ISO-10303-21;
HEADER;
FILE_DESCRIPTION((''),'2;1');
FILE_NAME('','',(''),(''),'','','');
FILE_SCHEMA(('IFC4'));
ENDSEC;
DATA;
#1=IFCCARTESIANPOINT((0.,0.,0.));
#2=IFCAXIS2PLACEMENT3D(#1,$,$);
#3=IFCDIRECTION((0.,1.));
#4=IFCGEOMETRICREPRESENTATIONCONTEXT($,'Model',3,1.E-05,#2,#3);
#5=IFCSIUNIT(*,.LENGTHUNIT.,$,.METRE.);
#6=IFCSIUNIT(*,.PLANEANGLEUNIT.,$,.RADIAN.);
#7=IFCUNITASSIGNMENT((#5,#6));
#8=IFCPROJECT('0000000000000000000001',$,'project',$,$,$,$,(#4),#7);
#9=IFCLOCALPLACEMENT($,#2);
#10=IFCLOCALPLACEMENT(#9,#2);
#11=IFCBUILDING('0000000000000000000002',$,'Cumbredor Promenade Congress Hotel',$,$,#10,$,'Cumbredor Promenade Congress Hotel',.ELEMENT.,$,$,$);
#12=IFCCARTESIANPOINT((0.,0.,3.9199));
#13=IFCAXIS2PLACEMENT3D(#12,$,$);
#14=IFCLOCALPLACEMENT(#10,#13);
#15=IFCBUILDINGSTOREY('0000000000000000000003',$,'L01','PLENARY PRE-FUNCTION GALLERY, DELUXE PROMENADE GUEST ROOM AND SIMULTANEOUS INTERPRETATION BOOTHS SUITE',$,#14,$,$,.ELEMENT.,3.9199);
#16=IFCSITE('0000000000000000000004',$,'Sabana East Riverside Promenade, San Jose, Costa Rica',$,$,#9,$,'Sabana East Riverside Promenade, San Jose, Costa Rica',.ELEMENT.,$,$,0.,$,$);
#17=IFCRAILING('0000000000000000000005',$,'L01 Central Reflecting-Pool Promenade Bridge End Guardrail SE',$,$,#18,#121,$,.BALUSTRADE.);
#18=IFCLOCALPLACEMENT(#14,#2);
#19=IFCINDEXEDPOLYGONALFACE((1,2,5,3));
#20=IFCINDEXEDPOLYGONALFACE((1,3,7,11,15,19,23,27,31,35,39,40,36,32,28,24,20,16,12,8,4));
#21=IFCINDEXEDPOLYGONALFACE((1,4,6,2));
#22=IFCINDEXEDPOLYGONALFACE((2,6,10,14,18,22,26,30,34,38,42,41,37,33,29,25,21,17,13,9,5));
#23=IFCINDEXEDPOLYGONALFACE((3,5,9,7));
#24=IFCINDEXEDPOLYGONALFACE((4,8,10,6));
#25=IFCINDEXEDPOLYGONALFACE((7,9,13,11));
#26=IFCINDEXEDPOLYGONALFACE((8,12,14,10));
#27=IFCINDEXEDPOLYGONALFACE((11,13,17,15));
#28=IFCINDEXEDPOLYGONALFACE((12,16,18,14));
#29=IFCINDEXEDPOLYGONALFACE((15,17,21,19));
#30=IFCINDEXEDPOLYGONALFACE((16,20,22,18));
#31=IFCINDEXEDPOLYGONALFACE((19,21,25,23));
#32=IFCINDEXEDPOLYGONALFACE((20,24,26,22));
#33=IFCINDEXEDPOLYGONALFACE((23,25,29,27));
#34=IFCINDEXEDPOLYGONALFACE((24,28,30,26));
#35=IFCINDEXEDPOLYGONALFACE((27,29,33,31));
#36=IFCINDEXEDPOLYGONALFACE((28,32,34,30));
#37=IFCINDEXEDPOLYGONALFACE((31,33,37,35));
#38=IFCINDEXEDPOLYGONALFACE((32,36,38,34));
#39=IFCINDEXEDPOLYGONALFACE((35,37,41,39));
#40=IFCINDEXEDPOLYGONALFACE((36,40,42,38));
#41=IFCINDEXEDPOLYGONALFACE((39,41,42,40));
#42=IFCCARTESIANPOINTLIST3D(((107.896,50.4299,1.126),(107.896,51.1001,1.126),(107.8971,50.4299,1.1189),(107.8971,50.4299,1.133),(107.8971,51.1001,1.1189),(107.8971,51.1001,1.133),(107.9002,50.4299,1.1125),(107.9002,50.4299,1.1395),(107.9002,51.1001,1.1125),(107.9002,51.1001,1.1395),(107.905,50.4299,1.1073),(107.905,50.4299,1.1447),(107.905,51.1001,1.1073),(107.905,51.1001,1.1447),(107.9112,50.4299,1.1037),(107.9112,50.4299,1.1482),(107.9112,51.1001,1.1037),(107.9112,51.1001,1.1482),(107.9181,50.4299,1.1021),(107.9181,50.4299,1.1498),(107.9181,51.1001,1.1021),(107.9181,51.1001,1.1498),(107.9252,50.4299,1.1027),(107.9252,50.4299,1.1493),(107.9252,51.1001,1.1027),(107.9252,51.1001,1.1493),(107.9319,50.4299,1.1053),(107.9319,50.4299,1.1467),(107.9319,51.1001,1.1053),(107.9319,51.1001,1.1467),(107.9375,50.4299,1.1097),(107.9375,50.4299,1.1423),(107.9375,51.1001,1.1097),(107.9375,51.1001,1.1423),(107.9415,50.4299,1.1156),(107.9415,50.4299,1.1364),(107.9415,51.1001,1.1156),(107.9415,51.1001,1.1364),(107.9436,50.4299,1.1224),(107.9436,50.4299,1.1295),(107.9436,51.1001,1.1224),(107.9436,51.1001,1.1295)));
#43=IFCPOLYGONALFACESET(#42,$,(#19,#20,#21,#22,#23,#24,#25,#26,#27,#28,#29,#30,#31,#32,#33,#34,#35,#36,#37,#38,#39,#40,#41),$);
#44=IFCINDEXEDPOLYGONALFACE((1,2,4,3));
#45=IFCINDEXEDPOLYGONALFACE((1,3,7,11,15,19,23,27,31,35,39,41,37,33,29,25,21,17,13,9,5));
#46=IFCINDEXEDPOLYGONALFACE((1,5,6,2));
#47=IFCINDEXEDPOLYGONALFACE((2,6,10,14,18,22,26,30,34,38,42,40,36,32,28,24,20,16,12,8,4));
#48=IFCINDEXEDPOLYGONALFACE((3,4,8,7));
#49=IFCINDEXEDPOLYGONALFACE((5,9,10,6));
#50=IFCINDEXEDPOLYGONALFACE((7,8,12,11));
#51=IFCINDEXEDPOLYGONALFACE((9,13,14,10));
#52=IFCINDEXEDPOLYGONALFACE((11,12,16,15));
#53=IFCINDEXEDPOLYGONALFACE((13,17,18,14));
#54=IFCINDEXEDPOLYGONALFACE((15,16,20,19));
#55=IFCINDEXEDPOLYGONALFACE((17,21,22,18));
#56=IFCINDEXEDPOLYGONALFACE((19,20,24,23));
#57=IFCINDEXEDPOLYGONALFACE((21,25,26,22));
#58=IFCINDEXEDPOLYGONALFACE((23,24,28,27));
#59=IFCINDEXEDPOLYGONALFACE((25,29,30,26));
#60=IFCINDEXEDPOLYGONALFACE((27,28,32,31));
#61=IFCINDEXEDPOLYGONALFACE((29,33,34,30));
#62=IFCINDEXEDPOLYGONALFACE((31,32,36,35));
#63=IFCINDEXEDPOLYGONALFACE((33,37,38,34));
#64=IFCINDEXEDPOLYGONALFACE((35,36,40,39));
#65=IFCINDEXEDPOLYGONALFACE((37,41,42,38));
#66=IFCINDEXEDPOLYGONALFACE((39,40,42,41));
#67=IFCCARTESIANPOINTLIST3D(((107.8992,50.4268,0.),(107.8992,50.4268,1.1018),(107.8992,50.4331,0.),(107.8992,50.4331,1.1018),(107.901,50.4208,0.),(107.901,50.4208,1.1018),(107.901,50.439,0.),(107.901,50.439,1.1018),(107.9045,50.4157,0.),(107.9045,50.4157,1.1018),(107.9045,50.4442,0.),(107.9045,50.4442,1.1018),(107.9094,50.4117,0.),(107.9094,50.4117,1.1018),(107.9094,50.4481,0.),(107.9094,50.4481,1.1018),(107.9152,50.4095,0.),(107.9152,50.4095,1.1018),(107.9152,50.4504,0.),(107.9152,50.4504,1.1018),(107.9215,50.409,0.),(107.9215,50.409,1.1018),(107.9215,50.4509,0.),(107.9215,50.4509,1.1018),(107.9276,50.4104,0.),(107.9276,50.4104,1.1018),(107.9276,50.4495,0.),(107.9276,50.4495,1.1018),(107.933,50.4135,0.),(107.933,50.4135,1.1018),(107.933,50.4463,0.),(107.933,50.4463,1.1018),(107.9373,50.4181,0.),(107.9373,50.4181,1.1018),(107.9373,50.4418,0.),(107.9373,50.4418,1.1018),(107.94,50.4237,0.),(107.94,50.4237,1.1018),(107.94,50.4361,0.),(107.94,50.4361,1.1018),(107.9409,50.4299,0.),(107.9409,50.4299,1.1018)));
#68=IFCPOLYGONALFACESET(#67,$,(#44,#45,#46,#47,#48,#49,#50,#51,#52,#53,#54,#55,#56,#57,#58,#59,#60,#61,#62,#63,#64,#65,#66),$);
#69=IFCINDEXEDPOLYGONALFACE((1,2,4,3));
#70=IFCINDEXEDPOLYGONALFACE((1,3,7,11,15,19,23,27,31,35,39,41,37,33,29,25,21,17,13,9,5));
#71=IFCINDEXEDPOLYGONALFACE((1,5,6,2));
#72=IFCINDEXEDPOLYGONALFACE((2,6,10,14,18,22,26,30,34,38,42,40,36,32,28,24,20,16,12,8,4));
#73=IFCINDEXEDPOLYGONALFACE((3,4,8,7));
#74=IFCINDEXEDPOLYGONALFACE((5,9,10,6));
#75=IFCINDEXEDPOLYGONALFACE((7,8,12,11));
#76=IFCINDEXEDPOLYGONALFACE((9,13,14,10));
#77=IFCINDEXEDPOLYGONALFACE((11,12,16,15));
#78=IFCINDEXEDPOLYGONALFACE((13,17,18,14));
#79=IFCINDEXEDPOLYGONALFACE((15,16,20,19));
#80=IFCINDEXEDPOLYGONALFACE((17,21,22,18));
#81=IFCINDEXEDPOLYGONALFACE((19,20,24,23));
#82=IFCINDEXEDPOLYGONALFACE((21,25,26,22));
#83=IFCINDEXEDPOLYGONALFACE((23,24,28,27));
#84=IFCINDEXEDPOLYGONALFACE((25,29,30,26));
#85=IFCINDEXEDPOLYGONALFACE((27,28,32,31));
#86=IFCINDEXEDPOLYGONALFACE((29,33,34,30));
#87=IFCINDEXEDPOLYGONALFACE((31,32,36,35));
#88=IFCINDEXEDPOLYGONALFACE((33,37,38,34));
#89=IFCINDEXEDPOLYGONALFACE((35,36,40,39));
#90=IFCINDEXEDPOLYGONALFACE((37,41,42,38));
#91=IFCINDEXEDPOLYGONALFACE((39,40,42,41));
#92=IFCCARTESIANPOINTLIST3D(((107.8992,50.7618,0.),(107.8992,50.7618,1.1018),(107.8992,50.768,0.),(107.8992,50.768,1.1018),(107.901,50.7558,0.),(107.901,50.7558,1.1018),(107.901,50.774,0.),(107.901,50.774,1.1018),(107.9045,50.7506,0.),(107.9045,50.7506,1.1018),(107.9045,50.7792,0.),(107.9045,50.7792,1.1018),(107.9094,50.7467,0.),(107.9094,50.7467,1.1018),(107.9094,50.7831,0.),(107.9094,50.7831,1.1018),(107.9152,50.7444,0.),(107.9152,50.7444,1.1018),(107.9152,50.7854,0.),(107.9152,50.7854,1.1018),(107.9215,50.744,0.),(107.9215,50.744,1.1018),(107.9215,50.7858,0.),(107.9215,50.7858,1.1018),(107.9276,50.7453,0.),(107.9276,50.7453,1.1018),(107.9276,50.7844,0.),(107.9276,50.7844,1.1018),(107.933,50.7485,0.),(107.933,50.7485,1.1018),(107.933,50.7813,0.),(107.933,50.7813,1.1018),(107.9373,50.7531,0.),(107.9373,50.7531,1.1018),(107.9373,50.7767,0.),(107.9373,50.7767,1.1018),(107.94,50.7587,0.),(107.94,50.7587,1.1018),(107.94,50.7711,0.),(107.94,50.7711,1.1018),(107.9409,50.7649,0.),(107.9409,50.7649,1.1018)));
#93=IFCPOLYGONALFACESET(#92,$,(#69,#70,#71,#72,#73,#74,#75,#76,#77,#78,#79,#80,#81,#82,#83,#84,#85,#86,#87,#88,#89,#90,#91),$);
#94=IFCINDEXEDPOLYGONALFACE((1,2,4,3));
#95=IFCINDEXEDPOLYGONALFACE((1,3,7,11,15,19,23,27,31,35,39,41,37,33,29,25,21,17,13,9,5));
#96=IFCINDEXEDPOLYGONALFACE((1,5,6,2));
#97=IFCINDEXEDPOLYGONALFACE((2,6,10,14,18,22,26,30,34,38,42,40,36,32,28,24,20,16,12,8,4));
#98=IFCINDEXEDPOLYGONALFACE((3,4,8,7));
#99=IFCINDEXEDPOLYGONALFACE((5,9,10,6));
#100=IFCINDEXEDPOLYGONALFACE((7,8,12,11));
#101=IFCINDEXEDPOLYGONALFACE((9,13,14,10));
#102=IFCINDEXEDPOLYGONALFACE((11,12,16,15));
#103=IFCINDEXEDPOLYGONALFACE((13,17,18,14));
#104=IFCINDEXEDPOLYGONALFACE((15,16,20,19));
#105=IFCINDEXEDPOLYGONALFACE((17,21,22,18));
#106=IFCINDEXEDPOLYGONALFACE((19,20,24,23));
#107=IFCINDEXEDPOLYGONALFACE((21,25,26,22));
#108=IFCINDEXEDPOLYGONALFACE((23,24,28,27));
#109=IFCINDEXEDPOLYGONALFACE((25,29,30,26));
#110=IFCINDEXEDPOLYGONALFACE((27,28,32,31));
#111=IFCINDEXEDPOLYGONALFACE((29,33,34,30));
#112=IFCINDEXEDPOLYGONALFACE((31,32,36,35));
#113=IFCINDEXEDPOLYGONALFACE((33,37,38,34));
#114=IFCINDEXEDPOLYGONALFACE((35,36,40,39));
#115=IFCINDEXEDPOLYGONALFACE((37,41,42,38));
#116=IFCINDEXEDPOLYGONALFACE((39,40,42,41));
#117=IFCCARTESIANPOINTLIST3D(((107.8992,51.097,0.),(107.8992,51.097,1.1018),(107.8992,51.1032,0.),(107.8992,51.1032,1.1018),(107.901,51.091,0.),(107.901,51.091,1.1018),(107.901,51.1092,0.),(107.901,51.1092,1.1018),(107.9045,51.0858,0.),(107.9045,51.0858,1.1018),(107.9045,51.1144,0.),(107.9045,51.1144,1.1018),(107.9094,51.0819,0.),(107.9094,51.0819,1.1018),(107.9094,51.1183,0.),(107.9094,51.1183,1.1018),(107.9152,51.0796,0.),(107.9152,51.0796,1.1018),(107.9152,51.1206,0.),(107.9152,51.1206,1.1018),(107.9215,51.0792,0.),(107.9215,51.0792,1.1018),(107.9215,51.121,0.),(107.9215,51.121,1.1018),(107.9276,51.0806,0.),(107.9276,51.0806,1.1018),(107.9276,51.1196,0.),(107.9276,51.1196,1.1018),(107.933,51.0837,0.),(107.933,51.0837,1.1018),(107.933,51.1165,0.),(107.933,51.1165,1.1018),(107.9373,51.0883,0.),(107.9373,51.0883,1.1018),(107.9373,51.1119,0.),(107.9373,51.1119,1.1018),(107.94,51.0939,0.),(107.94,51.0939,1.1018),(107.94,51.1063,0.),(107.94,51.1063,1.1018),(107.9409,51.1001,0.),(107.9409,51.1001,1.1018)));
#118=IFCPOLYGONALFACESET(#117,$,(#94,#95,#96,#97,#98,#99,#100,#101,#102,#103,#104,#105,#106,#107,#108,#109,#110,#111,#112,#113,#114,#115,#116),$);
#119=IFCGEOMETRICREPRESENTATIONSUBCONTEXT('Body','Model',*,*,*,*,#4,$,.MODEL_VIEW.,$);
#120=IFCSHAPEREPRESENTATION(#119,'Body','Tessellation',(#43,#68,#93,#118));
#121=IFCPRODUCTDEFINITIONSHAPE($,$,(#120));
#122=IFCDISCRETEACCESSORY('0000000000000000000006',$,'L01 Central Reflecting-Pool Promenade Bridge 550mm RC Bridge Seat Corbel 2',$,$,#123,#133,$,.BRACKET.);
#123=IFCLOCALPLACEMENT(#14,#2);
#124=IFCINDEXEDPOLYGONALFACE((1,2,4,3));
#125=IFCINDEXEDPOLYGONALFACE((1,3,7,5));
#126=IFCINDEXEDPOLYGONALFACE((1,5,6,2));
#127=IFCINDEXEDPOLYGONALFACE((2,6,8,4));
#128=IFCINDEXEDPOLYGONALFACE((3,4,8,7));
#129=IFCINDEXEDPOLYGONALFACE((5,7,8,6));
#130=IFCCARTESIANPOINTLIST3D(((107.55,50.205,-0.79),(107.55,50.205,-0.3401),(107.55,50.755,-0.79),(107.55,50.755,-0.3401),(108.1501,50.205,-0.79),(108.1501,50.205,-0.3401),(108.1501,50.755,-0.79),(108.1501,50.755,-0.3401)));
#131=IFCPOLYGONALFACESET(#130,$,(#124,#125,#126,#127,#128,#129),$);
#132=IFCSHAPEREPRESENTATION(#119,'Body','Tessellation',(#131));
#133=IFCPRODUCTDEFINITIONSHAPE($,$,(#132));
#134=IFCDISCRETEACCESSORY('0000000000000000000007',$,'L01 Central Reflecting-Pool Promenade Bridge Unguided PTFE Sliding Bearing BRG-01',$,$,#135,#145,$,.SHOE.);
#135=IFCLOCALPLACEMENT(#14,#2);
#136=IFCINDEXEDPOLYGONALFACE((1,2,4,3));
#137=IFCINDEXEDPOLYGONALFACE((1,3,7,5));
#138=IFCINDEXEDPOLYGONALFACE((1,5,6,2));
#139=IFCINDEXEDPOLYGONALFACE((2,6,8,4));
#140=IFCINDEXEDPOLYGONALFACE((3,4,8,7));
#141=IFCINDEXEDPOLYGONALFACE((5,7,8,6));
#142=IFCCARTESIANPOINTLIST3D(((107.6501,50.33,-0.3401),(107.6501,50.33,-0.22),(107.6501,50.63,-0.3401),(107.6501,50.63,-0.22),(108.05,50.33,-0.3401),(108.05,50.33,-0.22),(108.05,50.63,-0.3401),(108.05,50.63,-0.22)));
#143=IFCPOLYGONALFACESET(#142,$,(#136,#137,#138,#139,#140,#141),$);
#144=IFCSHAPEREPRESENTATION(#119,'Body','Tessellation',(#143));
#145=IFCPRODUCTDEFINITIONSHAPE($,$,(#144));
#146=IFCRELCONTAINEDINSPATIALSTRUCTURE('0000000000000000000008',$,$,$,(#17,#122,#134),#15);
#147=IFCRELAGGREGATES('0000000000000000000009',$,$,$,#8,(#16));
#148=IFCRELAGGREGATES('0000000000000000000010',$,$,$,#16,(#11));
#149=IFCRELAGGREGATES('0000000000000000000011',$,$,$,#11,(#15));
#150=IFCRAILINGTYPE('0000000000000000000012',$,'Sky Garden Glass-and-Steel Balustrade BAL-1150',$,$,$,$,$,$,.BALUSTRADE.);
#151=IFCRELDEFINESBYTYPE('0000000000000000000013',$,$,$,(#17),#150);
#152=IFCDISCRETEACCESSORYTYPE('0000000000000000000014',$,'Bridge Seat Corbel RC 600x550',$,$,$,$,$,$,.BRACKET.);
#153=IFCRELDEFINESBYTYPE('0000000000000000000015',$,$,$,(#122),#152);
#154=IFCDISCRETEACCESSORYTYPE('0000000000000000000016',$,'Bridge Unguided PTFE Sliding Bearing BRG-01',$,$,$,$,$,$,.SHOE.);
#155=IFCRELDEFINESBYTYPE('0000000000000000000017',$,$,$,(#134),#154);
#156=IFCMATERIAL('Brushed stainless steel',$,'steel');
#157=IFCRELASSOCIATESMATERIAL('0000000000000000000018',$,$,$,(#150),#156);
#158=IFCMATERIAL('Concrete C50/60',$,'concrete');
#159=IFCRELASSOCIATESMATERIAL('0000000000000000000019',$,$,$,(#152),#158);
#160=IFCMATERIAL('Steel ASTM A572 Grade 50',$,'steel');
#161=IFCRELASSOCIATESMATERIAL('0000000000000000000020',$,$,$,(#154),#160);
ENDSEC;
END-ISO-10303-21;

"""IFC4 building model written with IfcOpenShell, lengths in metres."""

from ifc_helpers import new_model, si_unit, direction, frame, origin, origin_2d, place, context, subcontext, project, spatial, rectangle, circle, extrude, material, type_object, element, save


model = new_model("IFC4")

# Units and contexts
model_context = context("Model", 3, precision=1e-05, world=origin(), true_north=direction((0.0, 1.0)))
body_context = subcontext(model_context, "Body", "Model", "MODEL_VIEW")
ifc_project = project(units=[si_unit("LENGTHUNIT", "METRE"), si_unit("PLANEANGLEUNIT", "RADIAN")], contexts=[model_context])

# Site, building, storey
site_placement = place(None, origin())
site = spatial("IfcSite", under=ifc_project, at=site_placement, Name="Sabana East Riverside Promenade, San Jose, Costa Rica", LongName="Sabana East Riverside Promenade, San Jose, Costa Rica", CompositionType="ELEMENT", RefElevation=0.0)
building_placement = place(site_placement, origin())
building = spatial("IfcBuilding", under=site, at=building_placement, Name="Cumbredor Promenade Congress Hotel", LongName="Cumbredor Promenade Congress Hotel", CompositionType="ELEMENT")
storey_placement = place(building_placement, frame((0.0, 0.0, 3.9199)))
storey = spatial("IfcBuildingStorey", under=building, at=storey_placement, Name="L01", Description="PLENARY PRE-FUNCTION GALLERY, DELUXE PROMENADE GUEST ROOM AND SIMULTANEOUS INTERPRETATION BOOTHS SUITE", CompositionType="ELEMENT", Elevation=3.9199)

# Shared definitions
ifc_material_1 = material(Name="Steel ASTM A572 Grade 50", Category="steel")

# Railing
ifc_material_2 = material(Name="Brushed stainless steel", Category="steel")
railing_type = type_object("IfcRailingType", Name="Sky Garden Glass-and-Steel Balustrade BAL-1150", PredefinedType="BALUSTRADE", material=ifc_material_2)
railing_placement = place(storey_placement, frame((107.9199, 50.4299, 0.0)))
element("IfcRailing", 1, at=railing_placement, inside=storey, type_object=railing_type, Name="L01 Central Reflecting-Pool Promenade Bridge End Guardrail SE", PredefinedType="BALUSTRADE", context=body_context, shape_type="SweptSolid", body=[
    extrude(circle(Radius=0.0239, at=origin_2d()), frame((0.0, 0.0, 1.126), z_axis=(0.0, 1.0, 0.0), x_axis=(-1.0, 0.0, 0.0)), (0.0, 0.0, 1.0), 0.6702),
    extrude(circle(Radius=0.021, at=origin_2d()), origin(), (0.0, 0.0, 1.0), 1.1018),
    extrude(circle(Radius=0.021, at=origin_2d()), frame((0.0, 0.335, 0.0)), (0.0, 0.0, 1.0), 1.1018),
    extrude(circle(Radius=0.021, at=origin_2d()), frame((0.0, 0.6702, 0.0)), (0.0, 0.0, 1.0), 1.1018),
])

# Discrete accessories
ifc_material_3 = material(Name="Concrete C50/60", Category="concrete")
discrete_accessory_type_1 = type_object("IfcDiscreteAccessoryType", Name="Bridge Seat Corbel RC 600x550", PredefinedType="BRACKET", material=ifc_material_3)
discrete_accessory_1_placement = place(storey_placement, frame((107.8501, 50.48, -0.79), z_axis=(0.0, 0.0, 1.0), x_axis=(0.0, 1.0, 0.0)))
element("IfcDiscreteAccessory", 2, at=discrete_accessory_1_placement, inside=storey, type_object=discrete_accessory_type_1, Name="L01 Central Reflecting-Pool Promenade Bridge 550mm RC Bridge Seat Corbel 2", PredefinedType="BRACKET", context=body_context, shape_type="SweptSolid", body=[
    extrude(rectangle(XDim=0.55, YDim=0.6001, at=origin_2d()), origin(), (0.0, 0.0, 1.0), 0.45),
])
discrete_accessory_type_2 = type_object("IfcDiscreteAccessoryType", Name="Bridge Unguided PTFE Sliding Bearing BRG-01", PredefinedType="SHOE", material=ifc_material_1)
discrete_accessory_2_placement = place(storey_placement, frame((107.8501, 50.48, -0.3401), z_axis=(0.0, 0.0, 1.0), x_axis=(0.0, 1.0, 0.0)))
element("IfcDiscreteAccessory", 3, at=discrete_accessory_2_placement, inside=storey, type_object=discrete_accessory_type_2, Name="L01 Central Reflecting-Pool Promenade Bridge Unguided PTFE Sliding Bearing BRG-01", PredefinedType="SHOE", context=body_context, shape_type="SweptSolid", body=[
    extrude(rectangle(XDim=0.3, YDim=0.3999, at=origin_2d()), origin(), (0.0, 0.0, 1.0), 0.1201),
])

save(model, "model.ifc")
